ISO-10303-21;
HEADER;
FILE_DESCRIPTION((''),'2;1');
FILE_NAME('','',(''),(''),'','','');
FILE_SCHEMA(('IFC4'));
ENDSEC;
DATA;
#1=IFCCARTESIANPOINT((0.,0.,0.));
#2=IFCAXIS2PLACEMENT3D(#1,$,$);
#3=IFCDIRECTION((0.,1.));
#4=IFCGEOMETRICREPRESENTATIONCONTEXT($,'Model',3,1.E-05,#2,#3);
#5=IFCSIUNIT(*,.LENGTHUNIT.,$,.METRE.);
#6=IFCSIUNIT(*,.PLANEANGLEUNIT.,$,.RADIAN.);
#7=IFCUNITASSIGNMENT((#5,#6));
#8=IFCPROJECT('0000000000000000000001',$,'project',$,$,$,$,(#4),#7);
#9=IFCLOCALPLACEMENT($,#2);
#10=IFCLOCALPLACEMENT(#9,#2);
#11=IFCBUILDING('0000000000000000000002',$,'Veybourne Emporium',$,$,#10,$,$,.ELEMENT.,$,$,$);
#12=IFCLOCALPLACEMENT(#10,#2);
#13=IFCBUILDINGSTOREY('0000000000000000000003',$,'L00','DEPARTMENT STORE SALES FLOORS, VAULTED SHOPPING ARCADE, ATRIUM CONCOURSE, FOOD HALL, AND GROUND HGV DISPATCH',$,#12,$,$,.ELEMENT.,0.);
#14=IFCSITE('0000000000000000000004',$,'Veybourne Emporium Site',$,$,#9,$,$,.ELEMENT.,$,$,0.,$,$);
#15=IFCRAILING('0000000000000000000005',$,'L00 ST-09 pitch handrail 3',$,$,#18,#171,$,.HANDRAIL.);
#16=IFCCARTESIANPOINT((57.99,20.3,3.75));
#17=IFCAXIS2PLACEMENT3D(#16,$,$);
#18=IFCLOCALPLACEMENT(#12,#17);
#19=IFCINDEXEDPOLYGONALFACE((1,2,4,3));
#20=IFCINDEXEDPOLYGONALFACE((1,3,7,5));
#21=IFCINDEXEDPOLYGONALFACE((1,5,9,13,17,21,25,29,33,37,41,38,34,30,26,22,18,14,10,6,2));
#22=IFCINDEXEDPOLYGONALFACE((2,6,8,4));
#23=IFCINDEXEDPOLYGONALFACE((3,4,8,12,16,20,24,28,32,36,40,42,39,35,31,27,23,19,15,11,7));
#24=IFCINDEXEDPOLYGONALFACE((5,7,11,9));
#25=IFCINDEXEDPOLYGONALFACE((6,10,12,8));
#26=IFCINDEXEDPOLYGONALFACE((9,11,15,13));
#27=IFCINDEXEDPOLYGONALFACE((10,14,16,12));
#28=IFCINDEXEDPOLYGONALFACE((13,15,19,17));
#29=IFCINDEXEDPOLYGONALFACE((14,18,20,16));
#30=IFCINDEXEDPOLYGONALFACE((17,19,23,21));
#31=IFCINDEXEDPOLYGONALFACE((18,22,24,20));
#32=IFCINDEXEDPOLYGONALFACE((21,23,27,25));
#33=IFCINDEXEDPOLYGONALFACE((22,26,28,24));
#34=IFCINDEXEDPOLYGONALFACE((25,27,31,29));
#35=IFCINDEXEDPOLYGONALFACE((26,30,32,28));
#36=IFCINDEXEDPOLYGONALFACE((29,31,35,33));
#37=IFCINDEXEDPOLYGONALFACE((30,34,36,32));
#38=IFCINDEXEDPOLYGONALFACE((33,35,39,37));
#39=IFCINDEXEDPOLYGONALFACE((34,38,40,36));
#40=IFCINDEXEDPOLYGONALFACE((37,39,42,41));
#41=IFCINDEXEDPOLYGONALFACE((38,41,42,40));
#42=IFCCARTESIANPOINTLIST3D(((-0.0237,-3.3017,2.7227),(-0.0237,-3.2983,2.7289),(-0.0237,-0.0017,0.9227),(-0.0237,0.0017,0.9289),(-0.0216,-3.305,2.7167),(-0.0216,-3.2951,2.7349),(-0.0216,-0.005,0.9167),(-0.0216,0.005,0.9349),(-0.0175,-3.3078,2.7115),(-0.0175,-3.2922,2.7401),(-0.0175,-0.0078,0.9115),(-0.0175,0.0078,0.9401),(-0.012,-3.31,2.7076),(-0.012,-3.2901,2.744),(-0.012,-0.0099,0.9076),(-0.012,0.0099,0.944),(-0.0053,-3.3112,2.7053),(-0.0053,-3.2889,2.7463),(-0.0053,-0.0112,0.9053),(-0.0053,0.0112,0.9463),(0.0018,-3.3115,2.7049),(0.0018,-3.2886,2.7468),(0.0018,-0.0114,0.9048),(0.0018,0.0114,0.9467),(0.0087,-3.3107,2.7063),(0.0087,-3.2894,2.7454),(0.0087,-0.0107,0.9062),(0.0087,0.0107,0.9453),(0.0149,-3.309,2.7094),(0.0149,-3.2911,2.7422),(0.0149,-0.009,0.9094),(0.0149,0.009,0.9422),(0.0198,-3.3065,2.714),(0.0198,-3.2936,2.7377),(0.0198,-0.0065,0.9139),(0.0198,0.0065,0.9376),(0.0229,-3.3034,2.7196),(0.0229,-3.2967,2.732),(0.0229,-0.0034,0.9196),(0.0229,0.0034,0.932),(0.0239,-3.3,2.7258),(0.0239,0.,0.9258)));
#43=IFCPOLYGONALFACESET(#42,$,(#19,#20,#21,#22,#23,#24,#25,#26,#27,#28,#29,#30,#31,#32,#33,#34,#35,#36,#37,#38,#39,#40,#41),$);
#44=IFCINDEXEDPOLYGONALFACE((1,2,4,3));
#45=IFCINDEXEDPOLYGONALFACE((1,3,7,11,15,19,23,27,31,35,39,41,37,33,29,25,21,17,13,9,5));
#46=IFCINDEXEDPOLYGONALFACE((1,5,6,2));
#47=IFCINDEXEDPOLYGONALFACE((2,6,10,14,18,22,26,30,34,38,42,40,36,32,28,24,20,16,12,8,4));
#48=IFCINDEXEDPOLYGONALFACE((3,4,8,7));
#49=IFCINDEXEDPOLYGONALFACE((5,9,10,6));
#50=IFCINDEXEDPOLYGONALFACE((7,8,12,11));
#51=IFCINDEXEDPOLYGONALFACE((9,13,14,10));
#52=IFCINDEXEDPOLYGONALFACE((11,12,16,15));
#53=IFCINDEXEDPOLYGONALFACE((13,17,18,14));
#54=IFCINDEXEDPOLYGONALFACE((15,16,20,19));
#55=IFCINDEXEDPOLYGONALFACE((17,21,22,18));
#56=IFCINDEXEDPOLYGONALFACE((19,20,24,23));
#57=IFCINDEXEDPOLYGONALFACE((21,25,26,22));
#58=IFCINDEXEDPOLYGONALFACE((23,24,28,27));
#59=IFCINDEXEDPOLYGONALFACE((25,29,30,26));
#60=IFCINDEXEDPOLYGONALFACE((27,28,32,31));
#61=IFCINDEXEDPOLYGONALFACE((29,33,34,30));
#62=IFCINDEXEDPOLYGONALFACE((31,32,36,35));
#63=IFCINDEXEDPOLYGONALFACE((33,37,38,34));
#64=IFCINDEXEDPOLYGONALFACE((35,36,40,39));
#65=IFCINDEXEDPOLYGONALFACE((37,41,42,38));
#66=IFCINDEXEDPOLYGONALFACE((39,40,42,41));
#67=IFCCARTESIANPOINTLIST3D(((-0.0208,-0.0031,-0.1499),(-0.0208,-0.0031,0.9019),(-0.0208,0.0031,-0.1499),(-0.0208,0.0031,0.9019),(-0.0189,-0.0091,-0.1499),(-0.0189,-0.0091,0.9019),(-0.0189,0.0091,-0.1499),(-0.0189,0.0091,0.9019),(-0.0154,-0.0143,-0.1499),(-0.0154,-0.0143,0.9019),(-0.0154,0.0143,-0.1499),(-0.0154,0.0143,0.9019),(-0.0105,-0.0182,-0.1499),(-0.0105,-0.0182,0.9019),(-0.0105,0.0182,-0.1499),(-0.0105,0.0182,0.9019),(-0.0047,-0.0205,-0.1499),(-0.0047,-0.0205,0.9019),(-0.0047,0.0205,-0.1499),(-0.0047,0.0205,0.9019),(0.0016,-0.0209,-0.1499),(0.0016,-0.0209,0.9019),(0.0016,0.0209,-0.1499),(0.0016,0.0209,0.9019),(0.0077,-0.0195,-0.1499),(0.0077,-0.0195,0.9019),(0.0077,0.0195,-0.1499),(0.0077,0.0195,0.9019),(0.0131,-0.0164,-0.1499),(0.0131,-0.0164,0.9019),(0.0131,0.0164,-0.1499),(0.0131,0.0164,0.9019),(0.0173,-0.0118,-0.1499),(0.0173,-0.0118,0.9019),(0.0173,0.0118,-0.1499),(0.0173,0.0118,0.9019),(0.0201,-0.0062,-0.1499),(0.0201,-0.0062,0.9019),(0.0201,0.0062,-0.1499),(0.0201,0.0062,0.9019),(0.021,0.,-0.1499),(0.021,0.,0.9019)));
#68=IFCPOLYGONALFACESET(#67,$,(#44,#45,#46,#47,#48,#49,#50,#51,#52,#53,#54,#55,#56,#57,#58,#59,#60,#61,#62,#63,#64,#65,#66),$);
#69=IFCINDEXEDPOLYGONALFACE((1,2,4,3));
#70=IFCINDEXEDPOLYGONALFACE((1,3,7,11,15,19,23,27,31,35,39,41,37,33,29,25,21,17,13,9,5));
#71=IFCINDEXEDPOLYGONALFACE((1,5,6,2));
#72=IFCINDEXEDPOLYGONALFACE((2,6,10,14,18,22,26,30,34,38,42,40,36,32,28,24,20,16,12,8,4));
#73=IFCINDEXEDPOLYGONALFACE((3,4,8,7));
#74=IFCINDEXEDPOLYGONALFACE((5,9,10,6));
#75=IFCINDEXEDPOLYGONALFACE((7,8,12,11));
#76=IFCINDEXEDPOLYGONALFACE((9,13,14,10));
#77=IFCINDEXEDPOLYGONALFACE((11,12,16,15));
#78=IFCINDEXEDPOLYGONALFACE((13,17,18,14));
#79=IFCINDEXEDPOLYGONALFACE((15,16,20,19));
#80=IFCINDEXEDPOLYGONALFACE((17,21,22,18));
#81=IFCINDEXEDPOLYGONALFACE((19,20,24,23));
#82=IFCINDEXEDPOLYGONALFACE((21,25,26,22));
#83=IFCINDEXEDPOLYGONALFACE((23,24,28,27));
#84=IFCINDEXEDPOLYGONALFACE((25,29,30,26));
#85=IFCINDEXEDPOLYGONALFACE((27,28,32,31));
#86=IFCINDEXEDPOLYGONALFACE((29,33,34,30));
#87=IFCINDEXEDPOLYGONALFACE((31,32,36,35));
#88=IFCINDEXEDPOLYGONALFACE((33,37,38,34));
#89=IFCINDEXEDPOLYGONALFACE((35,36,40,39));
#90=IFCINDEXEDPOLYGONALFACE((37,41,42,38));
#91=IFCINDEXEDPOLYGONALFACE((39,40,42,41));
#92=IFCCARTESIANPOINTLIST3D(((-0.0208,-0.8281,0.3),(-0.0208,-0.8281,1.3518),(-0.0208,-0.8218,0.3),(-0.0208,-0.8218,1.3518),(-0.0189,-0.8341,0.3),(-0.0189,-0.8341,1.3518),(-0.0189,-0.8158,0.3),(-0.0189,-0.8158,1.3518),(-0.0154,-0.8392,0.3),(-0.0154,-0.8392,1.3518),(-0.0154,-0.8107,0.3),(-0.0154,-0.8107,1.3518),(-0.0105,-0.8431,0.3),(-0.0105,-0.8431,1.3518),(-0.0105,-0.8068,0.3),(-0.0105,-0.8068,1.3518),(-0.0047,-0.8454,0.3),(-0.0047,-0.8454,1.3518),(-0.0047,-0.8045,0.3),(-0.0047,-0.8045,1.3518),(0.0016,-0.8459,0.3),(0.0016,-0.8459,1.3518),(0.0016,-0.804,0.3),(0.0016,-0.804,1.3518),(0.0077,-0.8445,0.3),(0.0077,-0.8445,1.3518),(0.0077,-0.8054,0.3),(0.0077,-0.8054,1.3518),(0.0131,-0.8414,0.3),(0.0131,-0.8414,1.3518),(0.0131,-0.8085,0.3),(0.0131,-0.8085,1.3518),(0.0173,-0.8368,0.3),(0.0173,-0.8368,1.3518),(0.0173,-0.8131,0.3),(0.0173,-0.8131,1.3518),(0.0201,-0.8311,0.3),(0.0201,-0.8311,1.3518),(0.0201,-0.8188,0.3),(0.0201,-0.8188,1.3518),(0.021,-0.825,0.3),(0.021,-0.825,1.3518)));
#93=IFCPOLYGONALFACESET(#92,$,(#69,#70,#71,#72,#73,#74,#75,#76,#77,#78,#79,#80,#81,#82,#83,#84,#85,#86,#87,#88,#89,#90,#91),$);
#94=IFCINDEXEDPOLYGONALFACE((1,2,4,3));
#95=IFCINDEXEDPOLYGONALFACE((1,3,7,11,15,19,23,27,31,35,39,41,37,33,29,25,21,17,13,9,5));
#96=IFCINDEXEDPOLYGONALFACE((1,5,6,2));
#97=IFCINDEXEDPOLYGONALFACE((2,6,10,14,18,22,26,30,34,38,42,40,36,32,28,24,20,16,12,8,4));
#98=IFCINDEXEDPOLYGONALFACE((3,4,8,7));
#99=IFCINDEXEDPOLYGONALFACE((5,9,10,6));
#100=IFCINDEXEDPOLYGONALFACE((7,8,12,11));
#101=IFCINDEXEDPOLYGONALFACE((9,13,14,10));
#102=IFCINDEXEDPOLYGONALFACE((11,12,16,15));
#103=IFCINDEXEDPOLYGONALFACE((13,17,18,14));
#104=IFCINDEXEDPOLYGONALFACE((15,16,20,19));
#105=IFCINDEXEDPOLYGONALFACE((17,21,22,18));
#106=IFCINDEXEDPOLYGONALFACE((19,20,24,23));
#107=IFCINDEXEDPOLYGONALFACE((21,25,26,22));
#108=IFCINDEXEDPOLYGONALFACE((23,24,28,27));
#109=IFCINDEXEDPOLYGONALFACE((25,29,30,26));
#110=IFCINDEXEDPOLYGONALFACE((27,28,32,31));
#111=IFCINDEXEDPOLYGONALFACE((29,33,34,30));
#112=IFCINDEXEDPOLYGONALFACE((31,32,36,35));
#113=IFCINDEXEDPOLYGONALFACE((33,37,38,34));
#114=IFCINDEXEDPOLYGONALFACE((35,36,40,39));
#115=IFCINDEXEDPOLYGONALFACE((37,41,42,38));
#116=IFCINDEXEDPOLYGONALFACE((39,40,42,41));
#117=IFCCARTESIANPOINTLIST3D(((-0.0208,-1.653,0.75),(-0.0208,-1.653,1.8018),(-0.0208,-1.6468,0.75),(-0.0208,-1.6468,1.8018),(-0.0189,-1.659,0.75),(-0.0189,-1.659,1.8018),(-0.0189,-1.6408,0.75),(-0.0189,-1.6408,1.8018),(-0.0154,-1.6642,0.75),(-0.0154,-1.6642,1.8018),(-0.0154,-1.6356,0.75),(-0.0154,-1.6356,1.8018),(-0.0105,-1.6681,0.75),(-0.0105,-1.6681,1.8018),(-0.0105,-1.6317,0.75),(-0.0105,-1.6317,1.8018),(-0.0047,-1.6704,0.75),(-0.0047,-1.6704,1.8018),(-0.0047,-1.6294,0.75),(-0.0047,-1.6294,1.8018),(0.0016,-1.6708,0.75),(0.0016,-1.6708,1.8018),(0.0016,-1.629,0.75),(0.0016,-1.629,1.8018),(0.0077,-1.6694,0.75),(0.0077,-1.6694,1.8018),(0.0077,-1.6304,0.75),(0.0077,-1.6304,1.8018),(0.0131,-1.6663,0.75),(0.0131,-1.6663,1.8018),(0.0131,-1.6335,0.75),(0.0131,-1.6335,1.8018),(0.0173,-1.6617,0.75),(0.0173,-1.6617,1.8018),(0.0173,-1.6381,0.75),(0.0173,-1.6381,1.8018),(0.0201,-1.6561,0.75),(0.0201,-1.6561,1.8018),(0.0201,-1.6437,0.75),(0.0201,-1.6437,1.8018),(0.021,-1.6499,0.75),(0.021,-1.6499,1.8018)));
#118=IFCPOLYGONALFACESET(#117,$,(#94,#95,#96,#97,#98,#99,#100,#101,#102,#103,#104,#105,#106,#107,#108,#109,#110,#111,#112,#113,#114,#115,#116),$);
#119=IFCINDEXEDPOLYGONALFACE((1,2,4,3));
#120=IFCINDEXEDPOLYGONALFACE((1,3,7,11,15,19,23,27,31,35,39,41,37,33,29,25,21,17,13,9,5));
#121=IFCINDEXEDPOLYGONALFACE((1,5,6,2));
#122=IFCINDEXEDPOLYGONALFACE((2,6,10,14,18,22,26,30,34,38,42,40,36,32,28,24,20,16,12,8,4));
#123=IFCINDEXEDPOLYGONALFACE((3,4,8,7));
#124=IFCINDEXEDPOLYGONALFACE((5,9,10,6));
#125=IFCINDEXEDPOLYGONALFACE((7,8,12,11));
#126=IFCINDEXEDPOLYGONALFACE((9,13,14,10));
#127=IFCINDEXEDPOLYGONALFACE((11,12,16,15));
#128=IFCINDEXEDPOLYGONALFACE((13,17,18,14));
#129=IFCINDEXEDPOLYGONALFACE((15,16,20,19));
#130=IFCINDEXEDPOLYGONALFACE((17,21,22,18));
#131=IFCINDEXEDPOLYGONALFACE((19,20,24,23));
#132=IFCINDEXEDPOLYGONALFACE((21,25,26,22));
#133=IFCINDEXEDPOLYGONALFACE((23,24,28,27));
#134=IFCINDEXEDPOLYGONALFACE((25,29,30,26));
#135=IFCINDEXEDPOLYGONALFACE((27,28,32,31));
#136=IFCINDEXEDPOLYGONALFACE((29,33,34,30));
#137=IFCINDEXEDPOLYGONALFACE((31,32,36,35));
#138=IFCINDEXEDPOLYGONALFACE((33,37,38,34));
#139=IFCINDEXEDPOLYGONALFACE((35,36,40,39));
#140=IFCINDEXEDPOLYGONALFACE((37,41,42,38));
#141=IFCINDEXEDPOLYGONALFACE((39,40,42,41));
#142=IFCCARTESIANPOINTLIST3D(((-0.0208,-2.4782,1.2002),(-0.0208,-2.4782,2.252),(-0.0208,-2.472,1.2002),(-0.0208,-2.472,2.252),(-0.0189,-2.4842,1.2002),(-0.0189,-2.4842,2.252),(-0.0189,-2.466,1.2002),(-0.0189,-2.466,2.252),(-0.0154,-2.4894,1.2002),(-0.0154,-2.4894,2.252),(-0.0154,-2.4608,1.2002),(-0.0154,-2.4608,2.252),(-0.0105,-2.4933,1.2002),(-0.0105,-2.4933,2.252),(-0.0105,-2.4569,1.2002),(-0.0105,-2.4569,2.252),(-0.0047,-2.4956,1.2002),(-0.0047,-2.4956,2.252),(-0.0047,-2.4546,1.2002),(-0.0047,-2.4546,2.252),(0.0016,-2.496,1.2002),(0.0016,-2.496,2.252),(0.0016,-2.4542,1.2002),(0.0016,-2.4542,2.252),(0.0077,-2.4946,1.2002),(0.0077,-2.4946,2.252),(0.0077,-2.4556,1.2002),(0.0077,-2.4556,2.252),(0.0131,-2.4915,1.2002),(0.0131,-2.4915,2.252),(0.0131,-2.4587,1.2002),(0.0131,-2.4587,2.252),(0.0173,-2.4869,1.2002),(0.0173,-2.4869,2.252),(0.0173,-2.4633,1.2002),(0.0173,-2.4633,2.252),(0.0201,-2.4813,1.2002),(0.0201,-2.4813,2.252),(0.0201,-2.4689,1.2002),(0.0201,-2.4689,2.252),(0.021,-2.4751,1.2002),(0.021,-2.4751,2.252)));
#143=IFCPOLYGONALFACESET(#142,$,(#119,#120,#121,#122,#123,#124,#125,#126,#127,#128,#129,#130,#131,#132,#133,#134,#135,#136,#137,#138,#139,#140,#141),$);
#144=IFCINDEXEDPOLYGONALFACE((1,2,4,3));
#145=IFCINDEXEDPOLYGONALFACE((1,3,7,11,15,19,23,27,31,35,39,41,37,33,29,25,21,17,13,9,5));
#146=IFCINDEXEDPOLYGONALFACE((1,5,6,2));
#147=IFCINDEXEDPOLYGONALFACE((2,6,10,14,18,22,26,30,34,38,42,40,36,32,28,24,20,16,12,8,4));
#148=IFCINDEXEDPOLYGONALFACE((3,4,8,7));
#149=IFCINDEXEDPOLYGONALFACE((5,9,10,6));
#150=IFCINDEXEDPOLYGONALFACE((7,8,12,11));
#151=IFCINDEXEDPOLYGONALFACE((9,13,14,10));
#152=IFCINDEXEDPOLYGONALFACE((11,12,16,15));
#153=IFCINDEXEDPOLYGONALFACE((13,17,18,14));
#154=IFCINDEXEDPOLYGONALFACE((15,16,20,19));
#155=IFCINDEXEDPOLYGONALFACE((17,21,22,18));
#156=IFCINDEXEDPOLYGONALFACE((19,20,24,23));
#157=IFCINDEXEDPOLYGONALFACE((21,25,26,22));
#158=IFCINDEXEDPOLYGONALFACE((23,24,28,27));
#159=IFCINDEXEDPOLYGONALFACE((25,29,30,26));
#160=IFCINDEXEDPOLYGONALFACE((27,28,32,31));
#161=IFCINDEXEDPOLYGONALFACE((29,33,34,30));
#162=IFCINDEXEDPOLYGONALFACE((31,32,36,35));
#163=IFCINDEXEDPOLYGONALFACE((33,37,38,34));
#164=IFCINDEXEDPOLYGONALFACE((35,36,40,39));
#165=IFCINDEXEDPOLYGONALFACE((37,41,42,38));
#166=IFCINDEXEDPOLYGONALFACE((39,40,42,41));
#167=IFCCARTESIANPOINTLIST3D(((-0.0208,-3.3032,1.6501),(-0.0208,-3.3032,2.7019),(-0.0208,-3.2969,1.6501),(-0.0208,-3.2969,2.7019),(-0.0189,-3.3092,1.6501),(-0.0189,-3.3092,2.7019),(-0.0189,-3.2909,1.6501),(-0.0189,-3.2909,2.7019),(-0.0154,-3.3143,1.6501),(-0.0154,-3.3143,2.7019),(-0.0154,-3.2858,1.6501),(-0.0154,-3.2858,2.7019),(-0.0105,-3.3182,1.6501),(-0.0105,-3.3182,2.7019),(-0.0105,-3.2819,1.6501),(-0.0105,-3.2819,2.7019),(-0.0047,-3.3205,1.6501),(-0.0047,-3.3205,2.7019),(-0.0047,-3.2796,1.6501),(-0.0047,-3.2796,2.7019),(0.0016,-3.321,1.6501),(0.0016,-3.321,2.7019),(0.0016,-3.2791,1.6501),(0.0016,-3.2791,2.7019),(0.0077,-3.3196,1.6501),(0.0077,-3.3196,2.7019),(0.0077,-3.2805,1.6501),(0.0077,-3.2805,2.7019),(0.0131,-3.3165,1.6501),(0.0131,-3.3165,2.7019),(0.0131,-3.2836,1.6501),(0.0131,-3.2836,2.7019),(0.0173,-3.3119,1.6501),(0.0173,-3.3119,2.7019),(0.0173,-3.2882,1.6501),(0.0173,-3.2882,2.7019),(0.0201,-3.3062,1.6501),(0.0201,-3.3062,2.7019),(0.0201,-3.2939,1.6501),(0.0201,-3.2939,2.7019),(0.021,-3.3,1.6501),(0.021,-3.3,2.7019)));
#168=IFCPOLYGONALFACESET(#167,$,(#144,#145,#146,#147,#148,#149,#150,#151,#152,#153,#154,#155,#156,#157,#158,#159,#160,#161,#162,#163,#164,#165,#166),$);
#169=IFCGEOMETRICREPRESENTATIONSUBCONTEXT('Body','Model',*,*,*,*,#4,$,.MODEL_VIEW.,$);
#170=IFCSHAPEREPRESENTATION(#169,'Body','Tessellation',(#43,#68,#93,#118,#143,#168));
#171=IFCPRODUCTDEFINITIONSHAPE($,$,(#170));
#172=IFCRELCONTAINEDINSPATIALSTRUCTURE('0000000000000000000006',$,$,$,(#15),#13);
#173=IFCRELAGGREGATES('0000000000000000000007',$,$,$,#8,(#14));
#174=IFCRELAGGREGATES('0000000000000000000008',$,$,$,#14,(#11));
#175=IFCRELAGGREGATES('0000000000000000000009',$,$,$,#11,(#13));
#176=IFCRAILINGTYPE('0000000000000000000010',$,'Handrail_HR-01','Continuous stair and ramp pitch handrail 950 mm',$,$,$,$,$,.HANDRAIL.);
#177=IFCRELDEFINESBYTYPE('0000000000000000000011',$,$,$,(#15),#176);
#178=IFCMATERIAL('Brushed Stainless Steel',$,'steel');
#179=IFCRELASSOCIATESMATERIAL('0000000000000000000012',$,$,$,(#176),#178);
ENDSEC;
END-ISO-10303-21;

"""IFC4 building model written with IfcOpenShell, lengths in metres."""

from ifc_helpers import new_model, si_unit, direction, frame, origin, origin_2d, place, context, subcontext, project, spatial, circle, extrude, material, type_object, element, save


model = new_model("IFC4")

# Units and contexts
model_context = context("Model", 3, precision=1e-05, world=origin(), true_north=direction((0.0, 1.0)))
body_context = subcontext(model_context, "Body", "Model", "MODEL_VIEW")
ifc_project = project(units=[si_unit("LENGTHUNIT", "METRE"), si_unit("PLANEANGLEUNIT", "RADIAN")], contexts=[model_context])

# Site, building, storey
site_placement = place(None, origin())
site = spatial("IfcSite", under=ifc_project, at=site_placement, Name="Veybourne Emporium Site", CompositionType="ELEMENT", RefElevation=0.0)
building_placement = place(site_placement, origin())
building = spatial("IfcBuilding", under=site, at=building_placement, Name="Veybourne Emporium", CompositionType="ELEMENT")
storey_placement = place(building_placement, origin())
storey = spatial("IfcBuildingStorey", under=building, at=storey_placement, Name="L00", Description="DEPARTMENT STORE SALES FLOORS, VAULTED SHOPPING ARCADE, ATRIUM CONCOURSE, FOOD HALL, AND GROUND HGV DISPATCH", CompositionType="ELEMENT", Elevation=0.0)

# Railing
ifc_material_1 = material(Name="Brushed Stainless Steel", Category="steel")
railing_type_1 = type_object("IfcRailingType", Name="Handrail_HR-01", Description="Continuous stair and ramp pitch handrail 950 mm", PredefinedType="HANDRAIL", material=ifc_material_1)
railing_1_placement = place(storey_placement, frame((57.99, 20.3, 3.75)))
element("IfcRailing", 1, at=railing_1_placement, inside=storey, type_object=railing_type_1, Name="L00 ST-09 pitch handrail 3", PredefinedType="HANDRAIL", context=body_context, shape_type="SweptSolid", body=[
    extrude(circle(Radius=0.0239, at=origin_2d()), frame((0.0, 0.0, 0.9258), z_axis=(0.0, -0.877893, 0.478857), x_axis=(1.0, 0.0, 0.0)), (0.0, 0.0, 1.0), 3.759),
    extrude(circle(Radius=0.021, at=origin_2d()), frame((0.0, 0.0, -0.1499)), (0.0, 0.0, 1.0), 1.0518),
    extrude(circle(Radius=0.021, at=origin_2d()), frame((0.0, -0.825, 0.3)), (0.0, 0.0, 1.0), 1.0518),
    extrude(circle(Radius=0.021, at=origin_2d()), frame((0.0, -1.6499, 0.75)), (0.0, 0.0, 1.0), 1.0518),
    extrude(circle(Radius=0.021, at=origin_2d()), frame((0.0, -2.4751, 1.2002)), (0.0, 0.0, 1.0), 1.0518),
    extrude(circle(Radius=0.021, at=origin_2d()), frame((0.0, -3.3, 1.6501)), (0.0, 0.0, 1.0), 1.0518),
])

save(model, "model.ifc")
